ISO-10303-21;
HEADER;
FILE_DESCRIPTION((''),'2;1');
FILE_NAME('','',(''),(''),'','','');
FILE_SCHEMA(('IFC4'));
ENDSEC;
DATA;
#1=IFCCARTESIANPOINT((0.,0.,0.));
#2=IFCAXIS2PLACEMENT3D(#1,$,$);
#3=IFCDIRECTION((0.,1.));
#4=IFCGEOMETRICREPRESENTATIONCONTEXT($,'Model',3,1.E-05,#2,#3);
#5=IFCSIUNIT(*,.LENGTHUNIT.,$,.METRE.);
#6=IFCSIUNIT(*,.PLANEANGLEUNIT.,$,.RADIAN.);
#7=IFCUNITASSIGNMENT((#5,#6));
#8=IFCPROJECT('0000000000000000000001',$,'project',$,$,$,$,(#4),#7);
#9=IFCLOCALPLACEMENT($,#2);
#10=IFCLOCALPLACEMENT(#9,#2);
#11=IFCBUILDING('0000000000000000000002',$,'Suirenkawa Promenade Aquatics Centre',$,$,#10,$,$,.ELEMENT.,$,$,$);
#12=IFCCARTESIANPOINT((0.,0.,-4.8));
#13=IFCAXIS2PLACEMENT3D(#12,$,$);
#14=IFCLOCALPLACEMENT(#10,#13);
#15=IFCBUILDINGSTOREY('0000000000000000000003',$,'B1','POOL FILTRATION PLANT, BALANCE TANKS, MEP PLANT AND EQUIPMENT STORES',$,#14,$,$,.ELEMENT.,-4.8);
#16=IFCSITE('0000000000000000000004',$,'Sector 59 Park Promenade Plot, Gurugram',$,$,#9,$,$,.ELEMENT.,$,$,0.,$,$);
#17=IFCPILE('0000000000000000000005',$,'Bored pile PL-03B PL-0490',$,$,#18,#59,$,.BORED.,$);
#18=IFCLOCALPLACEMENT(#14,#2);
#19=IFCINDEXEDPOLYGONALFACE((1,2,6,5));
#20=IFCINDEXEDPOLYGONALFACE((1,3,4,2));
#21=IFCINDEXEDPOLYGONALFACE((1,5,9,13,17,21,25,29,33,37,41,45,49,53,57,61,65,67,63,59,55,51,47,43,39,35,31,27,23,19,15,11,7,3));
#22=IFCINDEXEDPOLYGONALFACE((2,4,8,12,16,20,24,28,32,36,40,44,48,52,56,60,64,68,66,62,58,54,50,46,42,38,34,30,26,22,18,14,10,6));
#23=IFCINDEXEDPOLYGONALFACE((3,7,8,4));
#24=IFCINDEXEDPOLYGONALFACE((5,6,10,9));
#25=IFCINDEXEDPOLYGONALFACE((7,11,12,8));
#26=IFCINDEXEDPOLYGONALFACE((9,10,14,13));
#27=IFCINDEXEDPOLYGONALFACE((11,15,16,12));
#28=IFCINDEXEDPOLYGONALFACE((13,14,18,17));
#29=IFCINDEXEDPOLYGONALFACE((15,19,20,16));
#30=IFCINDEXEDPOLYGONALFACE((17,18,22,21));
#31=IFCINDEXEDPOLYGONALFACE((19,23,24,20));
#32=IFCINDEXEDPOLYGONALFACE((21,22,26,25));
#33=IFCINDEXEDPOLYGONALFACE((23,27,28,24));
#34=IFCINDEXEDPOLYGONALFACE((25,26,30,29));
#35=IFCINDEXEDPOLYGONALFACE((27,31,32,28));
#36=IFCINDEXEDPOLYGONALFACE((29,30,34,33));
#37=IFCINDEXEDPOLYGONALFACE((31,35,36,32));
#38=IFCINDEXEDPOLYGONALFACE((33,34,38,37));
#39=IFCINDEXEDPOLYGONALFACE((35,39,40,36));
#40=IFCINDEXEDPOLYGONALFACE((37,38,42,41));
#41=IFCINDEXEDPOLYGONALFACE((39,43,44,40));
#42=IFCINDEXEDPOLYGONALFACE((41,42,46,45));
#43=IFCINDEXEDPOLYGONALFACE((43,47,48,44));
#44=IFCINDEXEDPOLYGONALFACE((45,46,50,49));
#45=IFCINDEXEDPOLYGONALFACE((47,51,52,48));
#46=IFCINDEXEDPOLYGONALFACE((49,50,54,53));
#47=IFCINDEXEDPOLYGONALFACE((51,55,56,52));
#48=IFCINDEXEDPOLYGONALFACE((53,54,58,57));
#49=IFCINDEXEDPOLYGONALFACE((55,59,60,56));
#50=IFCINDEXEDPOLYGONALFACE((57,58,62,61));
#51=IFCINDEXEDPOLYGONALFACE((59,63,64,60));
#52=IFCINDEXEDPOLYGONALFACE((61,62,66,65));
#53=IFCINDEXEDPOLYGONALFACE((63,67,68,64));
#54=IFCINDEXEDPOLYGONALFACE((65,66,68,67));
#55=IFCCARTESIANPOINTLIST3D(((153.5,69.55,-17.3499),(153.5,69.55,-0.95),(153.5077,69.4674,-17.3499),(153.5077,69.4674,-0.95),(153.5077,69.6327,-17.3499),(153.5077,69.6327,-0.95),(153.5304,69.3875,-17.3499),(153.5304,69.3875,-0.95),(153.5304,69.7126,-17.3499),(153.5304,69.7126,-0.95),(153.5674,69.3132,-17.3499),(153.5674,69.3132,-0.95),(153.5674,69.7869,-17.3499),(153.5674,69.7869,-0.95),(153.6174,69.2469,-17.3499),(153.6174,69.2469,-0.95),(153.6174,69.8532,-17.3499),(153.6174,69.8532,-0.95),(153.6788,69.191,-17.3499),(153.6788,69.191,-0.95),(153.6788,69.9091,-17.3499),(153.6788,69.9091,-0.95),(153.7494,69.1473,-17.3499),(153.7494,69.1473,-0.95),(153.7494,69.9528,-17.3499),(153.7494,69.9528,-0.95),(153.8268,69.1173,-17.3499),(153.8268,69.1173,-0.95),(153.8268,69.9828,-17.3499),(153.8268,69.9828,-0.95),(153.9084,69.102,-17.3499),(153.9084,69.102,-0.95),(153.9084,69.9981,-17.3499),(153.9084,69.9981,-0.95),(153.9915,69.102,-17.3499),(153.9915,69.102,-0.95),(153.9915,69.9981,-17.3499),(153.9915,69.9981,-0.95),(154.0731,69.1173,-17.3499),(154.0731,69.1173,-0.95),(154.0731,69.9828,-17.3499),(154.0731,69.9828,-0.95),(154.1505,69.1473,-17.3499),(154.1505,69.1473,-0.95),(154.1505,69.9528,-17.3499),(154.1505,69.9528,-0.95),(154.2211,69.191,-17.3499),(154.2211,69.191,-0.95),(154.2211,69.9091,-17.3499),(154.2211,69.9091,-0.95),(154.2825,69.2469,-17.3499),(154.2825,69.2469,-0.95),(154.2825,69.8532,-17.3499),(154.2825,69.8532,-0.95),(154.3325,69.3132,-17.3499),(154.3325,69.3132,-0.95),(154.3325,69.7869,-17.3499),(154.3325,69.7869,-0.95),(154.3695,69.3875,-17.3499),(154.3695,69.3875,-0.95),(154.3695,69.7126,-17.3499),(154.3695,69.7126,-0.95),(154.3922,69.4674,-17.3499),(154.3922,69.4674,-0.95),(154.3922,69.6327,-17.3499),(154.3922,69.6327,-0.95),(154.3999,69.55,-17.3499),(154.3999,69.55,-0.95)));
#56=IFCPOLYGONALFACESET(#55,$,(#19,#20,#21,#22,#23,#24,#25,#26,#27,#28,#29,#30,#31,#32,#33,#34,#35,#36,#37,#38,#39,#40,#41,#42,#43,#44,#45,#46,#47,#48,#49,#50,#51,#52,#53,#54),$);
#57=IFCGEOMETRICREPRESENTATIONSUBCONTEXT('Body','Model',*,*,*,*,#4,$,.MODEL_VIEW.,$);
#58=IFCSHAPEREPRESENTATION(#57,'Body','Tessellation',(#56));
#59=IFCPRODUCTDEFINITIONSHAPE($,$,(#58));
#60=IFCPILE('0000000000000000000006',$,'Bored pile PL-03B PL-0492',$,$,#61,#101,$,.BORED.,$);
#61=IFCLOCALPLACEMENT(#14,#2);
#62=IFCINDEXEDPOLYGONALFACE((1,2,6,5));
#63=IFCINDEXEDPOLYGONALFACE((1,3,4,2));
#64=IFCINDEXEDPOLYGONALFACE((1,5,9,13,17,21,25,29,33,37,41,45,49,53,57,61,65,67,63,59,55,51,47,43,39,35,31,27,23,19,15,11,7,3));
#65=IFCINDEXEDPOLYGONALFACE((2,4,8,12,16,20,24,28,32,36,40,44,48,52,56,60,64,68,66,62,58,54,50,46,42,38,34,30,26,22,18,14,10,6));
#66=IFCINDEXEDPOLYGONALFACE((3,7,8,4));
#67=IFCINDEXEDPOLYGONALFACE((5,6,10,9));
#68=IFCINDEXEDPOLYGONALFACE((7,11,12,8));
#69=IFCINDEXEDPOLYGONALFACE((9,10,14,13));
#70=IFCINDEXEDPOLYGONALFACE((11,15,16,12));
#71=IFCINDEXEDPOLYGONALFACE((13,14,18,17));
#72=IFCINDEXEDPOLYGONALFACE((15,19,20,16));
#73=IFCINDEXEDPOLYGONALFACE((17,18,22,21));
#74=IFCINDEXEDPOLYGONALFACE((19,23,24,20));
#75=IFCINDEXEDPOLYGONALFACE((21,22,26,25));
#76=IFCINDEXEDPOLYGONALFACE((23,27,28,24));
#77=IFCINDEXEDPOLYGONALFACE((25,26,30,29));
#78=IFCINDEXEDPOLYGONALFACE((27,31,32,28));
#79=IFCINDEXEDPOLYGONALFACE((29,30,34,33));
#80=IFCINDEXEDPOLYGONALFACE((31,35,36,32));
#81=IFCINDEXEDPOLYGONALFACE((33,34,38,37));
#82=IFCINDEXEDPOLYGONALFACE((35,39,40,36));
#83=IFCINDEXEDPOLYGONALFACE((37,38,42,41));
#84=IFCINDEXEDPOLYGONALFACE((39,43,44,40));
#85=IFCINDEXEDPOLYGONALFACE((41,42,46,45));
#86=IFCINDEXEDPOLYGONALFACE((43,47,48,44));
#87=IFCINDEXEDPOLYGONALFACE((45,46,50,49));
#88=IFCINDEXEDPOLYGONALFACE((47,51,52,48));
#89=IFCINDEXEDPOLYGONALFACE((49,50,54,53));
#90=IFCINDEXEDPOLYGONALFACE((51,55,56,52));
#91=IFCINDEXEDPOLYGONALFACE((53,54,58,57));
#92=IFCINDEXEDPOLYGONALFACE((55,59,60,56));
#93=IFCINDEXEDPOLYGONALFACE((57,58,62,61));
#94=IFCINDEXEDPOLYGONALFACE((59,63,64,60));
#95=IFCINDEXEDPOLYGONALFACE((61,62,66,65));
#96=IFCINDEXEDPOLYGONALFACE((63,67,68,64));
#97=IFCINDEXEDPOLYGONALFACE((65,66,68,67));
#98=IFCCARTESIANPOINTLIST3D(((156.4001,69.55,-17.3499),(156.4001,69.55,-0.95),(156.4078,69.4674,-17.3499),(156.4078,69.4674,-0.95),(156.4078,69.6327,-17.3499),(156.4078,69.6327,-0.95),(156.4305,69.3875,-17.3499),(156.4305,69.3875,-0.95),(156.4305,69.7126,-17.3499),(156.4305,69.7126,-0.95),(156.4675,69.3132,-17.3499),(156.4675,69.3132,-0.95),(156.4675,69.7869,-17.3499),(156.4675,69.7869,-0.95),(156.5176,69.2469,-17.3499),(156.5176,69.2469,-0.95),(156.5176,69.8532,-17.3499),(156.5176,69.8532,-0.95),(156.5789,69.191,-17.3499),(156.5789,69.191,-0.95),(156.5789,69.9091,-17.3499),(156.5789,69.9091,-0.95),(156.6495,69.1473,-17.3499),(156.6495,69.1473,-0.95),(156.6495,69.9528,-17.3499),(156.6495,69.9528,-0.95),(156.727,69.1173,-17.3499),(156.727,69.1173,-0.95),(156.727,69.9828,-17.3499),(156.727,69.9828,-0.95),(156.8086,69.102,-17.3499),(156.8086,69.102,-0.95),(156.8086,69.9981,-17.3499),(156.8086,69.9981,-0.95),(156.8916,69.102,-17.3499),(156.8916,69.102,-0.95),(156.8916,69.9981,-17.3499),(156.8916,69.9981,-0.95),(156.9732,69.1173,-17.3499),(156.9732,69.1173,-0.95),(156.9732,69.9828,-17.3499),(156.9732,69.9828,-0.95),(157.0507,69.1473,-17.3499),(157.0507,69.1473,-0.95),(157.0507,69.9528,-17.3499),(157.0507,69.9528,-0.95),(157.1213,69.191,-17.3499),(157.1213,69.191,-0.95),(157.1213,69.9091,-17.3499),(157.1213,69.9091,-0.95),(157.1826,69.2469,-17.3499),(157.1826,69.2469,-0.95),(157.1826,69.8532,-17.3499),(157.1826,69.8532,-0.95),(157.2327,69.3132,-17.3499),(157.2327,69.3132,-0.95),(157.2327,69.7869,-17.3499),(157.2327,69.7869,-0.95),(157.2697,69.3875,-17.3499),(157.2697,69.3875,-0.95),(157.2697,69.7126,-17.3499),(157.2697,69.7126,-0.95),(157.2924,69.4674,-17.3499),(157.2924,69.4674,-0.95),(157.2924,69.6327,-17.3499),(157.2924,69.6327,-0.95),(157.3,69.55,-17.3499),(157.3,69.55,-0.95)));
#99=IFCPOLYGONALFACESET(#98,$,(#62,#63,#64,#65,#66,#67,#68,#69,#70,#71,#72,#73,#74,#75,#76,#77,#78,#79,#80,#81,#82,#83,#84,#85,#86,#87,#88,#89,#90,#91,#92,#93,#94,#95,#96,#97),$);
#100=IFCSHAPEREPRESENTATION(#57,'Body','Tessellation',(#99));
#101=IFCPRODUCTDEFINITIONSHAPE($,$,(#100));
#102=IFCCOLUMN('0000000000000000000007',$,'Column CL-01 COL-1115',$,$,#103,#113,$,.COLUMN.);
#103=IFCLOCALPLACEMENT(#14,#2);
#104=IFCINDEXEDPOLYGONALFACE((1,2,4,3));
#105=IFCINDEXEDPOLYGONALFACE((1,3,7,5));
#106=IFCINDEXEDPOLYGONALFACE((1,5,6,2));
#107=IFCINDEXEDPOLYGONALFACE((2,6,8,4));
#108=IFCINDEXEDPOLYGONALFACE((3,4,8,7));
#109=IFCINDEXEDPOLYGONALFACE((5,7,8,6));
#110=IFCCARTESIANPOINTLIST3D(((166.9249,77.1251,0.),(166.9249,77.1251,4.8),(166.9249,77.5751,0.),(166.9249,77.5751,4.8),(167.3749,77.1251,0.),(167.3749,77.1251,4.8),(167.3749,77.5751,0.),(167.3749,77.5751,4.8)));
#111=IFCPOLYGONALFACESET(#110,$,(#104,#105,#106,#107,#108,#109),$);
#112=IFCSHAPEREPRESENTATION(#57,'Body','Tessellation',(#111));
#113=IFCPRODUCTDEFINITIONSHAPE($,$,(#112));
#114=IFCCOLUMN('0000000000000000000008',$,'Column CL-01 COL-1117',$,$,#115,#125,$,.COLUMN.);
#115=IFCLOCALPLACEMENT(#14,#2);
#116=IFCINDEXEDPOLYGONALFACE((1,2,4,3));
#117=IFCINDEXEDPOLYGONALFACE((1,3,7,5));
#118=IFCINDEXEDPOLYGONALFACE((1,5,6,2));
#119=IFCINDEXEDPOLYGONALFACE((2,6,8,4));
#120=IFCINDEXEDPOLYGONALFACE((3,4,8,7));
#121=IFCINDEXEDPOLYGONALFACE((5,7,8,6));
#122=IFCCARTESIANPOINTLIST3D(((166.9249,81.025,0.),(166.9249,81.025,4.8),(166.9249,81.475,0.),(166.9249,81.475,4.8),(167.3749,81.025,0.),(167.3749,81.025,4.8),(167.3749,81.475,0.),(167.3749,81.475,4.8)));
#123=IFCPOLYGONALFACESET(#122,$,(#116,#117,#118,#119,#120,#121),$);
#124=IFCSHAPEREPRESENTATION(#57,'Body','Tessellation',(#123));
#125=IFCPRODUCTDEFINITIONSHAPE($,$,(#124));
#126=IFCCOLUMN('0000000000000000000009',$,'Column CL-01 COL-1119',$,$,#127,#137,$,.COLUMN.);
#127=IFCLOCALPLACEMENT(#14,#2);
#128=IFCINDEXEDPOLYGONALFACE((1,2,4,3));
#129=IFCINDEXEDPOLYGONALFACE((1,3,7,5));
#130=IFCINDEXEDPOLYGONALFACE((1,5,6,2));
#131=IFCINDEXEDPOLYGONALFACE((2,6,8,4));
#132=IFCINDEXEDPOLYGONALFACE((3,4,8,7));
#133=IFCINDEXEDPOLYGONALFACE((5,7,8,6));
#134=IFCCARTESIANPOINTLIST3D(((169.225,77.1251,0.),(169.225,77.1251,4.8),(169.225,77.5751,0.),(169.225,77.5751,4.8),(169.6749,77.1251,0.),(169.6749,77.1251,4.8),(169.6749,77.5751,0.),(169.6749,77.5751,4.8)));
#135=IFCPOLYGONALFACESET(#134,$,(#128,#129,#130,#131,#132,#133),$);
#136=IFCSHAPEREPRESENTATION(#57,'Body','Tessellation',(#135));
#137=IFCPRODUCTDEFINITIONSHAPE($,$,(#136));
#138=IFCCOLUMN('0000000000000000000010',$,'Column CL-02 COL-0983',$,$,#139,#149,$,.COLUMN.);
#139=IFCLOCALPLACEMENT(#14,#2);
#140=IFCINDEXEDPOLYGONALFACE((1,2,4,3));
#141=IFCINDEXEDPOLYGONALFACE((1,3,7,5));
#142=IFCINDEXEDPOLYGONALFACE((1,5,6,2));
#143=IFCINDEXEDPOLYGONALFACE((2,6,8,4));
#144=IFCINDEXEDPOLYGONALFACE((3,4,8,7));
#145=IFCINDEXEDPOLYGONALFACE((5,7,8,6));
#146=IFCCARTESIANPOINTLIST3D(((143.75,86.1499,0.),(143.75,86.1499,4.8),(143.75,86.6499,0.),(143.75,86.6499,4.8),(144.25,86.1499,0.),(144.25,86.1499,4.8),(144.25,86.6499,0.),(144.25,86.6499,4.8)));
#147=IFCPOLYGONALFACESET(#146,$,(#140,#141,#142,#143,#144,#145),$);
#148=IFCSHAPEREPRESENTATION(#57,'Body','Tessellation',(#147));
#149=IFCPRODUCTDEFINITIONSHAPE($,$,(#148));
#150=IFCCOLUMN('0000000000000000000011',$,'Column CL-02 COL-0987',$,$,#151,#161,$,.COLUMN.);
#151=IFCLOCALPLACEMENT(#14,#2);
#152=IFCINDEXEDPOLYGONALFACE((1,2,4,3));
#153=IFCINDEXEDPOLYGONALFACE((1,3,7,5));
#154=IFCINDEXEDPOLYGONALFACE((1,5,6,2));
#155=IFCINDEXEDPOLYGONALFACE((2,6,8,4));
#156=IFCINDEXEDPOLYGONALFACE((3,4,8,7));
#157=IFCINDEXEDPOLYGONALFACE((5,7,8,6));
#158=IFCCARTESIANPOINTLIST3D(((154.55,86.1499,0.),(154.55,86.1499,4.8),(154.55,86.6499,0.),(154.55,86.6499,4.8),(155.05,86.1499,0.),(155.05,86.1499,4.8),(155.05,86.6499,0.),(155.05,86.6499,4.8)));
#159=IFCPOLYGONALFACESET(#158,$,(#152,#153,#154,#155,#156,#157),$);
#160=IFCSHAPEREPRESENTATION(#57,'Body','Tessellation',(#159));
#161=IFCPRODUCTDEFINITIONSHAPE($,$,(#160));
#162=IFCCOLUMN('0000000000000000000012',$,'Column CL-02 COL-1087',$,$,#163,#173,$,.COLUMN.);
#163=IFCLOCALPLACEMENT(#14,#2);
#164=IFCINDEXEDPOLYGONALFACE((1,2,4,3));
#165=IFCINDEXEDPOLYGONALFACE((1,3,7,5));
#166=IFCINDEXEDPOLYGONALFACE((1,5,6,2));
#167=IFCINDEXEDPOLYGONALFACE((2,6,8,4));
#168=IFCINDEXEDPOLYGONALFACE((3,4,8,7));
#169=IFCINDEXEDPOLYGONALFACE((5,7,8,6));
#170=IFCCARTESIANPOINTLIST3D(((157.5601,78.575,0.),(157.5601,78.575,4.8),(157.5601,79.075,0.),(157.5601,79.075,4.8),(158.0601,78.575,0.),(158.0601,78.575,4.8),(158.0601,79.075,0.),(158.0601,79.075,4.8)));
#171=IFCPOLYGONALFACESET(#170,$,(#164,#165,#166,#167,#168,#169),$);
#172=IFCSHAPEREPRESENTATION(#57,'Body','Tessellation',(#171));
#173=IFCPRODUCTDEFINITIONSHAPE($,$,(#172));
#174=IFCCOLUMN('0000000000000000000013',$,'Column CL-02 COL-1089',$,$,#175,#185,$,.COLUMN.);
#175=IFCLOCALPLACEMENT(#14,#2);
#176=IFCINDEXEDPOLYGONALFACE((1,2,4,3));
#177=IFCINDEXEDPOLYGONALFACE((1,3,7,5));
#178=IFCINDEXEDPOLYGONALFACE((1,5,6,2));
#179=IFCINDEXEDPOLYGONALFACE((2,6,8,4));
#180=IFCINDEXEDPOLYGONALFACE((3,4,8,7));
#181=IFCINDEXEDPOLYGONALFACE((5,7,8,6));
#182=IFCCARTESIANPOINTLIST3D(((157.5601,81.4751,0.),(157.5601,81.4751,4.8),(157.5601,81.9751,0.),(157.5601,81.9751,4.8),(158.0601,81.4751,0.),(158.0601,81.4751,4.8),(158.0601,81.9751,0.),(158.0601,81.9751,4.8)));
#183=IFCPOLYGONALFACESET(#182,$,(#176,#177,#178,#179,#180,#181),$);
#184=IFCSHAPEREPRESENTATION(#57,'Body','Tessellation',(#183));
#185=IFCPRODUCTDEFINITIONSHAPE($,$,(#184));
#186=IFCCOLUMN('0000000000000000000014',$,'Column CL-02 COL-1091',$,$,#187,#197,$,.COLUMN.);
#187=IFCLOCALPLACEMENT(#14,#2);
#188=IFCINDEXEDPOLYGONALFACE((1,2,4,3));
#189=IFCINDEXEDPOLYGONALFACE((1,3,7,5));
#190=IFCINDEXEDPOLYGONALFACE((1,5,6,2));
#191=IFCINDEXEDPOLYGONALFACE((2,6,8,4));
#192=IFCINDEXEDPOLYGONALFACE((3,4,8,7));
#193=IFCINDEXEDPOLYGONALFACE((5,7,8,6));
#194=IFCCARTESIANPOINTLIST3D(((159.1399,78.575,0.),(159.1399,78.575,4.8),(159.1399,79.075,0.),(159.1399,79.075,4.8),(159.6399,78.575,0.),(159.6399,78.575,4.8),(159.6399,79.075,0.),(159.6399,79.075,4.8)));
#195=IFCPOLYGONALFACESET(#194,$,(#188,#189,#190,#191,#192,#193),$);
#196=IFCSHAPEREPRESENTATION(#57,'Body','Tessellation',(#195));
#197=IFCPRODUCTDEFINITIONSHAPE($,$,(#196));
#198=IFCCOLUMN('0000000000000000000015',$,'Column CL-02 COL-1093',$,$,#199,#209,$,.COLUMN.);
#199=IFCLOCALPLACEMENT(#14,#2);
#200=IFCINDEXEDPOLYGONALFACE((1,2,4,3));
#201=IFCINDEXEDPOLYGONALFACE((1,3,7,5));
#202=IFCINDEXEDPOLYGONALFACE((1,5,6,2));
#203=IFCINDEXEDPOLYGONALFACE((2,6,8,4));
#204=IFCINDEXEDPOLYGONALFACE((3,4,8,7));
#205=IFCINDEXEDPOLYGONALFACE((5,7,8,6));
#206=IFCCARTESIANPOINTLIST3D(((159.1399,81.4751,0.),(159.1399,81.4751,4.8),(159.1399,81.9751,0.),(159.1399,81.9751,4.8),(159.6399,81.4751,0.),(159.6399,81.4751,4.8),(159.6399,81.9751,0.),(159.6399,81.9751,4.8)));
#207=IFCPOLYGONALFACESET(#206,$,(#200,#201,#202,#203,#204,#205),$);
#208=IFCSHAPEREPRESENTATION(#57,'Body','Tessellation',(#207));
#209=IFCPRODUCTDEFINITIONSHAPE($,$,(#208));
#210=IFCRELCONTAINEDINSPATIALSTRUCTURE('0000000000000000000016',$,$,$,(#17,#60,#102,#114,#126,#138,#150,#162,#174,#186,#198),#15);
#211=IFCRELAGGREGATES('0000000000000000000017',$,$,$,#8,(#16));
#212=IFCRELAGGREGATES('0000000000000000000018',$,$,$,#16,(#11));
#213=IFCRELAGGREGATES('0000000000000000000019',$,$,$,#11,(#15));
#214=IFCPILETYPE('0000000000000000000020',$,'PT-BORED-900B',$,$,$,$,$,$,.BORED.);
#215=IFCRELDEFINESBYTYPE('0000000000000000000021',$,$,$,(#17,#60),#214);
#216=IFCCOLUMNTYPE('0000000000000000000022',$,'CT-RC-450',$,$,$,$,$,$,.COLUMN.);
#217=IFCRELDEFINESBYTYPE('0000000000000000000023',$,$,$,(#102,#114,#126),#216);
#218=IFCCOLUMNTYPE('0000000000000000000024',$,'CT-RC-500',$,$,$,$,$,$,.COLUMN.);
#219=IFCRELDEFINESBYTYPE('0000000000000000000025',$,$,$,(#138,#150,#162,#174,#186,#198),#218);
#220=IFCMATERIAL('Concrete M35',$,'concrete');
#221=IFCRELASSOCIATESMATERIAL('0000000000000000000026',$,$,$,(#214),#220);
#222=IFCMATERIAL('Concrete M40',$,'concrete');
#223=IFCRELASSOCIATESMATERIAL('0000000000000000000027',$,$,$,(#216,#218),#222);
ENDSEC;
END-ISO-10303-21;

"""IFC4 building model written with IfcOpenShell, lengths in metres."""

from ifc_helpers import new_model, si_unit, direction, frame, origin, origin_2d, place, context, subcontext, project, spatial, rectangle, circle, extrude, material, material_profile, profile_set, type_object, element, save


model = new_model("IFC4")

# Units and contexts
model_context = context("Model", 3, precision=1e-05, world=origin(), true_north=direction((0.0, 1.0)))
body_context = subcontext(model_context, "Body", "Model", "MODEL_VIEW")
ifc_project = project(units=[si_unit("LENGTHUNIT", "METRE"), si_unit("PLANEANGLEUNIT", "RADIAN")], contexts=[model_context])

# Site, building, storey
site_placement = place(None, origin())
site = spatial("IfcSite", under=ifc_project, at=site_placement, Name="Sector 59 Park Promenade Plot, Gurugram", CompositionType="ELEMENT", RefElevation=0.0)
building_placement = place(site_placement, origin())
building = spatial("IfcBuilding", under=site, at=building_placement, Name="Suirenkawa Promenade Aquatics Centre", CompositionType="ELEMENT")
storey_placement = place(building_placement, frame((0.0, 0.0, -4.8)))
storey = spatial("IfcBuildingStorey", under=building, at=storey_placement, Name="B1", Description="POOL FILTRATION PLANT, BALANCE TANKS, MEP PLANT AND EQUIPMENT STORES", CompositionType="ELEMENT", Elevation=-4.8)

# Shared definitions
ifc_material_1 = material(Name="Concrete M35", Category="concrete")

# Piles
ifc_material_profile_1 = material_profile(ifc_material_1, circle(Radius=0.45, at=origin_2d()), Name="PILE D900", Category="concrete")
ifc_profile_set_1 = profile_set([ifc_material_profile_1], Name="Concrete M35")
pile_type_1 = type_object("IfcPileType", Name="PT-BORED-900B", PredefinedType="BORED", material=ifc_profile_set_1)
for number, where, z_axis, x_axis, name in (
    (1, (153.95, 69.55, -0.95), (0.0, 0.0, -1.0), (1.0, 0.0, 0.0), "Bored pile PL-03B PL-0490"),
    (2, (156.8501, 69.55, -0.95), (0.0, 0.0, -1.0), (1.0, 0.0, 0.0), "Bored pile PL-03B PL-0492"),
):
    element("IfcPile", number, at=place(storey_placement, frame(where, z_axis=z_axis, x_axis=x_axis)), inside=storey, type_object=pile_type_1, Name=name, PredefinedType="BORED", context=body_context, shape_type="SweptSolid", body=[
        extrude(circle(Radius=0.45, at=origin_2d()), origin(), (0.0, 0.0, 1.0), 16.3999),
    ])

# Columns
ifc_material_2 = material(Name="Concrete M40", Category="concrete")
ifc_material_profile_2 = material_profile(ifc_material_2, rectangle(XDim=0.45, YDim=0.45, at=origin_2d()), Name="RC COL 450x450", Category="concrete")
ifc_profile_set_2 = profile_set([ifc_material_profile_2], Name="Concrete M40")
column_type_1 = type_object("IfcColumnType", Name="CT-RC-450", PredefinedType="COLUMN", material=ifc_profile_set_2)
for number, where, z_axis, x_axis, name in (
    (3, (167.1499, 77.3501, 0.0), (0.0, 0.0, 1.0), (1.0, 0.0, 0.0), "Column CL-01 COL-1115"),
    (4, (167.1499, 81.25, 0.0), (0.0, 0.0, 1.0), (1.0, 0.0, 0.0), "Column CL-01 COL-1117"),
    (5, (169.45, 77.3501, 0.0), (0.0, 0.0, 1.0), (1.0, 0.0, 0.0), "Column CL-01 COL-1119"),
):
    element("IfcColumn", number, at=place(storey_placement, frame(where, z_axis=z_axis, x_axis=x_axis)), inside=storey, type_object=column_type_1, Name=name, PredefinedType="COLUMN", context=body_context, shape_type="SweptSolid", body=[
        extrude(rectangle(XDim=0.45, YDim=0.45, at=origin_2d()), origin(), (0.0, 0.0, 1.0), 4.8),
    ])
ifc_material_profile_3 = material_profile(ifc_material_2, rectangle(XDim=0.5, YDim=0.5, at=origin_2d()), Name="RC COL 500x500", Category="concrete")
ifc_profile_set_3 = profile_set([ifc_material_profile_3], Name="Concrete M40")
column_type_2 = type_object("IfcColumnType", Name="CT-RC-500", PredefinedType="COLUMN", material=ifc_profile_set_3)
for number, where, z_axis, x_axis, name in (
    (6, (144.0, 86.3999, 0.0), (0.0, 0.0, 1.0), (1.0, 0.0, 0.0), "Column CL-02 COL-0983"),
    (7, (154.8, 86.3999, 0.0), (0.0, 0.0, 1.0), (1.0, 0.0, 0.0), "Column CL-02 COL-0987"),
    (8, (157.8101, 78.825, 0.0), (0.0, 0.0, 1.0), (1.0, 0.0, 0.0), "Column CL-02 COL-1087"),
    (9, (157.8101, 81.7251, 0.0), (0.0, 0.0, 1.0), (1.0, 0.0, 0.0), "Column CL-02 COL-1089"),
    (10, (159.3899, 78.825, 0.0), (0.0, 0.0, 1.0), (1.0, 0.0, 0.0), "Column CL-02 COL-1091"),
    (11, (159.3899, 81.7251, 0.0), (0.0, 0.0, 1.0), (1.0, 0.0, 0.0), "Column CL-02 COL-1093"),
):
    element("IfcColumn", number, at=place(storey_placement, frame(where, z_axis=z_axis, x_axis=x_axis)), inside=storey, type_object=column_type_2, Name=name, PredefinedType="COLUMN", context=body_context, shape_type="SweptSolid", body=[
        extrude(rectangle(XDim=0.5, YDim=0.5, at=origin_2d()), origin(), (0.0, 0.0, 1.0), 4.8),
    ])

save(model, "model.ifc")
